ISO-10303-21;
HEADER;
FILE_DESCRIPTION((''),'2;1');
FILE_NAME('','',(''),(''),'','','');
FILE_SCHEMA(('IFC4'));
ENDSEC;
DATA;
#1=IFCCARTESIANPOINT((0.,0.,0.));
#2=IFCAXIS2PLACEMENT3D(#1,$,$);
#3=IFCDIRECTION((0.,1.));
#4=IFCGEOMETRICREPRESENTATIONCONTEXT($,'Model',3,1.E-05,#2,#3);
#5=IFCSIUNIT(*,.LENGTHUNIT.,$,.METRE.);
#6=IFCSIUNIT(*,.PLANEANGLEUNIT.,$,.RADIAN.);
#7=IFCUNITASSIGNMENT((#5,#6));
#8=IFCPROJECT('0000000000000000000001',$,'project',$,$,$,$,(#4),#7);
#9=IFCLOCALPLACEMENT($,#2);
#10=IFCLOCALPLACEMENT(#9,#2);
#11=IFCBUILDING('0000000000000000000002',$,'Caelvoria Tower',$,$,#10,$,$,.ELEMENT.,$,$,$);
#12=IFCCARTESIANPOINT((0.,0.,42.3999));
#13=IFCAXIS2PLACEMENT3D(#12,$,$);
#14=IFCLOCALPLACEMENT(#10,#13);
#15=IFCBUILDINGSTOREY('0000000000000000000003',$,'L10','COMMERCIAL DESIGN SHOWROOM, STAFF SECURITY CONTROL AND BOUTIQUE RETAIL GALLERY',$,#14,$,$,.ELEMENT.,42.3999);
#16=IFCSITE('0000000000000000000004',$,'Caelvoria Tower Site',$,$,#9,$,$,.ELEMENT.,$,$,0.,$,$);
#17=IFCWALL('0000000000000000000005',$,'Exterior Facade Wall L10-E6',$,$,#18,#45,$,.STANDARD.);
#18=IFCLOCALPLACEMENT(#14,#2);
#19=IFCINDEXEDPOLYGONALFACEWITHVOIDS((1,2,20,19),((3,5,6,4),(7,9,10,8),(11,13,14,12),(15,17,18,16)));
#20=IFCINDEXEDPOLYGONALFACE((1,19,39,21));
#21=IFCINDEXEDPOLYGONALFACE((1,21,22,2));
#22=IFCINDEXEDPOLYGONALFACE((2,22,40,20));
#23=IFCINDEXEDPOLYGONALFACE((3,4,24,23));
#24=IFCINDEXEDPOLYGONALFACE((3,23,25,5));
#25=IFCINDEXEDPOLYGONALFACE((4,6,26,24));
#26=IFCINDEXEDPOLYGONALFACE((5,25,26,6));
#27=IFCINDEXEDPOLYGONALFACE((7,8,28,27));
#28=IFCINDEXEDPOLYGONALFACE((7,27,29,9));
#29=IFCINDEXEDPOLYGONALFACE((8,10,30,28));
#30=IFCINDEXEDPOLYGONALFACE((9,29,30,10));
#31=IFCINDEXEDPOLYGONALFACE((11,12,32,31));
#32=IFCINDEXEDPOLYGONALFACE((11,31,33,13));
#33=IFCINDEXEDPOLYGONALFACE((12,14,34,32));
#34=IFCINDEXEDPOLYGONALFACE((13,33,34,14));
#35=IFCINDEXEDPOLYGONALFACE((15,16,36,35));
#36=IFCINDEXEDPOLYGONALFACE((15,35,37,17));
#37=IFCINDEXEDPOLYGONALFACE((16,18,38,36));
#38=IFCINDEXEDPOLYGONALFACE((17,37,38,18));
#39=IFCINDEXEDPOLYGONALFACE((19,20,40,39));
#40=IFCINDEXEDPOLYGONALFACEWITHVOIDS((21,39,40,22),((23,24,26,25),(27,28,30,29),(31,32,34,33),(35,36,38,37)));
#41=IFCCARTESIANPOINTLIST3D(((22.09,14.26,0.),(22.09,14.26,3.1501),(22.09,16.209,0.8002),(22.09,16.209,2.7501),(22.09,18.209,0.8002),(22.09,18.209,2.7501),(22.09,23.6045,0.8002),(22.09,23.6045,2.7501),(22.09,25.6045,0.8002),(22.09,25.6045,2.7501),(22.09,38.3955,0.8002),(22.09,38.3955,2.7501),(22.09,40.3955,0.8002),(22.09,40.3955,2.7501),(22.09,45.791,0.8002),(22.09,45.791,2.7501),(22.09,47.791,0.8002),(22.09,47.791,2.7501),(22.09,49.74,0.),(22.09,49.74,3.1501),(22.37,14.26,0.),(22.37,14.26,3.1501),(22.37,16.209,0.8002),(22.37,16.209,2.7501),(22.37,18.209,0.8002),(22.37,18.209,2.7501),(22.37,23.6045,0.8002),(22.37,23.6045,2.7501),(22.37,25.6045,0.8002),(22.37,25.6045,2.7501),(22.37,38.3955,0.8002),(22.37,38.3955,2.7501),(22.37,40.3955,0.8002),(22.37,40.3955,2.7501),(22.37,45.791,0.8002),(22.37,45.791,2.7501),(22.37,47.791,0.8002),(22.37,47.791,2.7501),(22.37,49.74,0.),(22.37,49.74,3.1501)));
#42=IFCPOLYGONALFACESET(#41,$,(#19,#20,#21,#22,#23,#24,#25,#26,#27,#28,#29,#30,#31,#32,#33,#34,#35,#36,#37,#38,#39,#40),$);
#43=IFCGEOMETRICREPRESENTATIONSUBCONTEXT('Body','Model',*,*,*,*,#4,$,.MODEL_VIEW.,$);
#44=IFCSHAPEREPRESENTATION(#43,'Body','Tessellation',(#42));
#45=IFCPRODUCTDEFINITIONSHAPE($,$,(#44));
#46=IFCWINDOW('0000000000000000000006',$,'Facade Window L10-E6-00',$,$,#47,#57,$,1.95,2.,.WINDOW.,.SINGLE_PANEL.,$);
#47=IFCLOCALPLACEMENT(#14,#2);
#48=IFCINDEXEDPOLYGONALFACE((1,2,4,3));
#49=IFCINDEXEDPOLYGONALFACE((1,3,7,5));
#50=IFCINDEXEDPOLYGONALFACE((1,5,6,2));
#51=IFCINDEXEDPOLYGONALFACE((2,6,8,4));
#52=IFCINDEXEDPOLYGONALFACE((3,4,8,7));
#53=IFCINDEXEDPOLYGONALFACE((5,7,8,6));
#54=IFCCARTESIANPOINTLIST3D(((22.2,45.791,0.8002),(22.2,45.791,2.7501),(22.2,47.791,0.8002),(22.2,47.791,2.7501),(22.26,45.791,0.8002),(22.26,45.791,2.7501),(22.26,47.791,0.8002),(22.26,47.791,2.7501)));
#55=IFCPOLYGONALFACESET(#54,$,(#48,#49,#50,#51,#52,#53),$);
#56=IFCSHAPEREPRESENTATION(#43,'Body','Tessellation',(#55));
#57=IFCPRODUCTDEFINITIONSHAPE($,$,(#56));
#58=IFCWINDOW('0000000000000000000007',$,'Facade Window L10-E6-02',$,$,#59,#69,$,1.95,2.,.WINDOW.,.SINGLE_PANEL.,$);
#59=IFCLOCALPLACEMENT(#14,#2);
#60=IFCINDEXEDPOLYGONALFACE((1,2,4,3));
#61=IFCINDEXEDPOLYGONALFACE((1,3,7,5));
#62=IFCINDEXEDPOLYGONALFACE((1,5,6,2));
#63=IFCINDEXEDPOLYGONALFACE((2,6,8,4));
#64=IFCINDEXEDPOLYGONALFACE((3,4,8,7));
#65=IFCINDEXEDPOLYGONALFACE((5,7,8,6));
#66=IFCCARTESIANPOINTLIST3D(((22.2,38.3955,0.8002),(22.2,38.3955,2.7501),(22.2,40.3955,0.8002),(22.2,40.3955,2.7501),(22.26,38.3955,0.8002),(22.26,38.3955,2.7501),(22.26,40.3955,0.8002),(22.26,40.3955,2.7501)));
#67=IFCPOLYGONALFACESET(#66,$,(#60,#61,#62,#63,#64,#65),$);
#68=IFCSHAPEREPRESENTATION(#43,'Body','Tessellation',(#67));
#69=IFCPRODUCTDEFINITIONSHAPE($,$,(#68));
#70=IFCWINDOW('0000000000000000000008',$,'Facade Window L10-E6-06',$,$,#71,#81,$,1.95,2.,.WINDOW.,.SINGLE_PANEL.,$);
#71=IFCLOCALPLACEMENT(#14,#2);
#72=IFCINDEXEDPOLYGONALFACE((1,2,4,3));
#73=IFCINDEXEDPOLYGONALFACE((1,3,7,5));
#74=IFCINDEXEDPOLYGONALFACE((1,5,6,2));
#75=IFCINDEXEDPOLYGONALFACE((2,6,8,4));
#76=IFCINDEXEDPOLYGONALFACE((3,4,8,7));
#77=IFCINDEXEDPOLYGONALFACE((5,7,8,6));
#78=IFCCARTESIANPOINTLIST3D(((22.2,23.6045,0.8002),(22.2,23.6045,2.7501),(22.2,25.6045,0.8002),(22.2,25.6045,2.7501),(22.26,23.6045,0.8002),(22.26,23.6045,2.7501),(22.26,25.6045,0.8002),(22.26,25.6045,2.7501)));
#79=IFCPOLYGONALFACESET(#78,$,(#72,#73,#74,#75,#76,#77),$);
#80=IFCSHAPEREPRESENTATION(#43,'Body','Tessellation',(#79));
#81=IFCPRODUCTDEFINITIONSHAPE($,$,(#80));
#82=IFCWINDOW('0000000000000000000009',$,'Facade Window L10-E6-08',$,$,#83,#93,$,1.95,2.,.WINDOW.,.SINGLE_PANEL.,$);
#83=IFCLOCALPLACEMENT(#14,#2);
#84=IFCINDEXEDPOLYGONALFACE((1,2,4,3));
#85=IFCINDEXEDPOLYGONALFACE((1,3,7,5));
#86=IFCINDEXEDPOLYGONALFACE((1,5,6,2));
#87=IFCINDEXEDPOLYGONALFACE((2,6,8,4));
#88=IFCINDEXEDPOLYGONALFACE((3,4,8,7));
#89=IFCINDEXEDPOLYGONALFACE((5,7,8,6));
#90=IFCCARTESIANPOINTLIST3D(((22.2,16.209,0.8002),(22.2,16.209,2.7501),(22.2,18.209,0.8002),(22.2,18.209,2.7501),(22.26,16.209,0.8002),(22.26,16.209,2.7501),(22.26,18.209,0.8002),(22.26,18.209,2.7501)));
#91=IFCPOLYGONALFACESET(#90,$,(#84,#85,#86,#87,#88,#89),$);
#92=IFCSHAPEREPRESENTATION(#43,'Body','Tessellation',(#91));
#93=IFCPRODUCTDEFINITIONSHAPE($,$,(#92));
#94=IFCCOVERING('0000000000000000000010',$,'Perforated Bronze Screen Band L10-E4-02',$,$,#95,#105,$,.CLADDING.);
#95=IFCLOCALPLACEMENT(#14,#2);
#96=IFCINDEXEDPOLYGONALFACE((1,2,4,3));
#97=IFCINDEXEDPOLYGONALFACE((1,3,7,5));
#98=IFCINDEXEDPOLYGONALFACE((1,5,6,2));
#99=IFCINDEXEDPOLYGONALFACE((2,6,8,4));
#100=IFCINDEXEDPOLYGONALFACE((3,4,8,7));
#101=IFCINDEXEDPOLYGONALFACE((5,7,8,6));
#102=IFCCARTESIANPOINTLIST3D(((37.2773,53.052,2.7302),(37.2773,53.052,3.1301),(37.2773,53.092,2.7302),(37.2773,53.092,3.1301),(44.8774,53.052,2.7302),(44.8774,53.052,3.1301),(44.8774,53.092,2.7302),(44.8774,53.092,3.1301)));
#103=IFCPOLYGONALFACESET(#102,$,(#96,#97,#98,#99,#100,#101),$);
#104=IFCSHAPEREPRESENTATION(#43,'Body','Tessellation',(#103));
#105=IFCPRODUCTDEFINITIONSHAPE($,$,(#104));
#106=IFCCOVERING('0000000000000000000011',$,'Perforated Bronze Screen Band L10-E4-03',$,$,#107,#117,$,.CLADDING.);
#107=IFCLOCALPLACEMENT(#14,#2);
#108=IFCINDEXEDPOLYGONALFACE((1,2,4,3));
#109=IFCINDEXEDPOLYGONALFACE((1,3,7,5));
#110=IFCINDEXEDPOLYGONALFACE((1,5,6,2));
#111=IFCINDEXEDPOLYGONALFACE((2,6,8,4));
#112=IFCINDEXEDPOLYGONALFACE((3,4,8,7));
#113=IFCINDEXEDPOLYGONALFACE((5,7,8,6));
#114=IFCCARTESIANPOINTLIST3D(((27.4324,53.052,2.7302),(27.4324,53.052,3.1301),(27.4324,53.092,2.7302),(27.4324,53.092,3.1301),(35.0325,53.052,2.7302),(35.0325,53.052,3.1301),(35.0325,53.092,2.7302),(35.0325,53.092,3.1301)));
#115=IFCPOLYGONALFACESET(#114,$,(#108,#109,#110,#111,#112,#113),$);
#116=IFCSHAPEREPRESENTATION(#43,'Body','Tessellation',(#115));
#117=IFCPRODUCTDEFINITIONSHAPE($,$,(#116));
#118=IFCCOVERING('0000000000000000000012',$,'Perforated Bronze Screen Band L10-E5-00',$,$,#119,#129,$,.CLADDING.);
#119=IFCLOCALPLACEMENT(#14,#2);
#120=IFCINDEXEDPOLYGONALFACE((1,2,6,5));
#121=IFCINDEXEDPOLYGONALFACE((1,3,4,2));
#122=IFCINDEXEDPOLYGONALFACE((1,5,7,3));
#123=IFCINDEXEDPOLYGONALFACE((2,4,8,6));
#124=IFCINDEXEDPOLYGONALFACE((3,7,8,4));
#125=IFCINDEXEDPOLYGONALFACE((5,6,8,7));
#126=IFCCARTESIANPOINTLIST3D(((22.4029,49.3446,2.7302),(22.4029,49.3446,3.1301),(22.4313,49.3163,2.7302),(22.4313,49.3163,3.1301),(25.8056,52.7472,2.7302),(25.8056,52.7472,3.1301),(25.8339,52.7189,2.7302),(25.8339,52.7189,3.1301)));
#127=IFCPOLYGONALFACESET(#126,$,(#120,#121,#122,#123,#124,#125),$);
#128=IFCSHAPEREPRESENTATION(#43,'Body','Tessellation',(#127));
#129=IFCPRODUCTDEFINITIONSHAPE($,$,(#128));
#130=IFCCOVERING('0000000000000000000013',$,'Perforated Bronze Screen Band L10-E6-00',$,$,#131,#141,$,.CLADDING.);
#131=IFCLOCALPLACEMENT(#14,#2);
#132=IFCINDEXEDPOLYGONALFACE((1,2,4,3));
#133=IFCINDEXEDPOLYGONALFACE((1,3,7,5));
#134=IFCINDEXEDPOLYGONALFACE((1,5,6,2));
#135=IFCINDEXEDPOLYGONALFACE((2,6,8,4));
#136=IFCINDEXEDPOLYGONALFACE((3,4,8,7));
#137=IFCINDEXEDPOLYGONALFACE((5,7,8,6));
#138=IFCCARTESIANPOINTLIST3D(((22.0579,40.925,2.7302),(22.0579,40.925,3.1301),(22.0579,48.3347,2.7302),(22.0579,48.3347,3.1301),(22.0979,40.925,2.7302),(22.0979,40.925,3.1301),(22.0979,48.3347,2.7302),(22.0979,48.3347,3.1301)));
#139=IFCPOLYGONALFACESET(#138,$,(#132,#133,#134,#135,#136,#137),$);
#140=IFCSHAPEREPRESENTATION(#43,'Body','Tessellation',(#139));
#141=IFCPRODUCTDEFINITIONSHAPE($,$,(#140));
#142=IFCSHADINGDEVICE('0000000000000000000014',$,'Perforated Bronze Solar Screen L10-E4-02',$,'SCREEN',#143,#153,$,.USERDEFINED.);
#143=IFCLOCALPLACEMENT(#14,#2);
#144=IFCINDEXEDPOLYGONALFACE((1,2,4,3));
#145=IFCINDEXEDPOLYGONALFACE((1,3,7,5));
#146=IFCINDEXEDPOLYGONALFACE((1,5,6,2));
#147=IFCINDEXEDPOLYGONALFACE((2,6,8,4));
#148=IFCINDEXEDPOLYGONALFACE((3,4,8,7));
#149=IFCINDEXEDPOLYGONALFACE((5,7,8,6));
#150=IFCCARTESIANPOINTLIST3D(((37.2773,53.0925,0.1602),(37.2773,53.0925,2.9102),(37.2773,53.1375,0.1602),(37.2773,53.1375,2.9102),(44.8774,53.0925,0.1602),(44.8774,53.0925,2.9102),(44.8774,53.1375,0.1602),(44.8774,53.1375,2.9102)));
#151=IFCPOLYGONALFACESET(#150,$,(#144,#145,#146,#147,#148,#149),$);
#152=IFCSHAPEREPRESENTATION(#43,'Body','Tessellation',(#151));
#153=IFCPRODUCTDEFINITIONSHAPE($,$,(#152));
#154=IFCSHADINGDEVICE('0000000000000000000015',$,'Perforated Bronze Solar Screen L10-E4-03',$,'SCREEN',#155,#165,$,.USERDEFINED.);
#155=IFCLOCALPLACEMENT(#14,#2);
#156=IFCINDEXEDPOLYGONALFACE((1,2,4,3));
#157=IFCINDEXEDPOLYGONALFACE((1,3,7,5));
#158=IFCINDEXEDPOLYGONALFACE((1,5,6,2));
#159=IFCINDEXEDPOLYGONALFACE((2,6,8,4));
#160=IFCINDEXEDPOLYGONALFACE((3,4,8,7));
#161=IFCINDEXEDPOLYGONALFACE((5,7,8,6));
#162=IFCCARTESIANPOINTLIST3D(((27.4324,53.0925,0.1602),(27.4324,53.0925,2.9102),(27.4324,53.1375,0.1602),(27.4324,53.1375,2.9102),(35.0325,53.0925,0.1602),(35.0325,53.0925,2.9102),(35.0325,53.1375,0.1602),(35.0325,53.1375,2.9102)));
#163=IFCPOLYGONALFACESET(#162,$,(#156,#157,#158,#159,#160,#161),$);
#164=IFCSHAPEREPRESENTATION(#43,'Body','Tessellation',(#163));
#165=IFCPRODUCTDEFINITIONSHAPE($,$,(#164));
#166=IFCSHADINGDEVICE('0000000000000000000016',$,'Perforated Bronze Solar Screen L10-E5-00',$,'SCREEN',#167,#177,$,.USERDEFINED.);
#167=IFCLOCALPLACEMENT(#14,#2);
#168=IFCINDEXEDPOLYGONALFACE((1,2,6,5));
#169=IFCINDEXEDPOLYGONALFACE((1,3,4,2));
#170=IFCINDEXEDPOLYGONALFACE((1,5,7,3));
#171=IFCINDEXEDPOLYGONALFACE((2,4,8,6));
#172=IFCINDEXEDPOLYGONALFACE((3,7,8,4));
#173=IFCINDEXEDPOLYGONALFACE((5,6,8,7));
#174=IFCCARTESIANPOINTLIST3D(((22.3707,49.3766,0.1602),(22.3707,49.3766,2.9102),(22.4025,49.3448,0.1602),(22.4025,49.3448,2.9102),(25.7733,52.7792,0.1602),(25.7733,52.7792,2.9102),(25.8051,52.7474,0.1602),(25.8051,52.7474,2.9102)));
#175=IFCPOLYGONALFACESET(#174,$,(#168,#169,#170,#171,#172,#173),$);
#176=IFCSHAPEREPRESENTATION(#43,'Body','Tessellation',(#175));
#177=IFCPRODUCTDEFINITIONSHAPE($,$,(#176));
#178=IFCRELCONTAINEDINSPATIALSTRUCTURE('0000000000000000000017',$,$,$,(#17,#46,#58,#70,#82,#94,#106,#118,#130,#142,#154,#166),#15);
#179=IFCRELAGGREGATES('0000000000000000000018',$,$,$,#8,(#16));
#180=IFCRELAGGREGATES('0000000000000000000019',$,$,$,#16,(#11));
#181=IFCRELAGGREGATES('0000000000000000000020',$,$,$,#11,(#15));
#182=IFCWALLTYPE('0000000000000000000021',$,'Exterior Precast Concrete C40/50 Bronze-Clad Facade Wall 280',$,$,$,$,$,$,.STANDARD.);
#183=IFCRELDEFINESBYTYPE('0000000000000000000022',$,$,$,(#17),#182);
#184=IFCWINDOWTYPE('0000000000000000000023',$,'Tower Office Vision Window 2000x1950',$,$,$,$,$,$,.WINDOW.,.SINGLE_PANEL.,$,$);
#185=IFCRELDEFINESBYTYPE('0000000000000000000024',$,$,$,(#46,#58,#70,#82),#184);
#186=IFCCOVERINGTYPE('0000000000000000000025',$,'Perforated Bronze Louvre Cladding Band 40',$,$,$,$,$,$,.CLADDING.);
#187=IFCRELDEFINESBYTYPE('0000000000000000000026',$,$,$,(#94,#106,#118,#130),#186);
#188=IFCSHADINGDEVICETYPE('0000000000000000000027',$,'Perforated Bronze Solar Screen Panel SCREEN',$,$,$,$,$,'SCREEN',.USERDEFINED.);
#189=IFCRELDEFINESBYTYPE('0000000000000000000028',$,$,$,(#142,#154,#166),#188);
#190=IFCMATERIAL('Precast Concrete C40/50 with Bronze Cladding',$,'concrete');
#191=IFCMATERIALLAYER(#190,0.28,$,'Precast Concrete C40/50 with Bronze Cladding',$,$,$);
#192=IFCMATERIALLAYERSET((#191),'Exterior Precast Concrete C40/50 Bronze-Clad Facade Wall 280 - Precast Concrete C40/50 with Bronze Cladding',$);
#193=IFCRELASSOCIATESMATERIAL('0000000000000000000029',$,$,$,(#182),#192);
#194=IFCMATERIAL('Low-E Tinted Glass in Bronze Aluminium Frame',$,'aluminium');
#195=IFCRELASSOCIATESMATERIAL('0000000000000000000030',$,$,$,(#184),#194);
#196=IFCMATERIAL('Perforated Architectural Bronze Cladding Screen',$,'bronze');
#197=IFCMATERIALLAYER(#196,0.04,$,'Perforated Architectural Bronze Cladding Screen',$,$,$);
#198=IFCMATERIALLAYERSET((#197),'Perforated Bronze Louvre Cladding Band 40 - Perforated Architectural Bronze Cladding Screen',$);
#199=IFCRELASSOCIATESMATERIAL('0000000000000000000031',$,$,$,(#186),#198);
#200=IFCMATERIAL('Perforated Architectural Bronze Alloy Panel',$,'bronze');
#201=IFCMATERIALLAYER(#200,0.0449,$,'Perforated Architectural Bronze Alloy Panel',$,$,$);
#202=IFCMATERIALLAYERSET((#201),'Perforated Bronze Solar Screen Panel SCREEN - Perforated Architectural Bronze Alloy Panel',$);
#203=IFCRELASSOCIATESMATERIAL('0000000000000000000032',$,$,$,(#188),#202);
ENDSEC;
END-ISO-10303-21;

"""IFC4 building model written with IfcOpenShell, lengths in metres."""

from ifc_helpers import new_model, si_unit, direction, frame, frame_2d, origin, origin_2d, place, context, subcontext, project, spatial, rectangle, extrude, material, layer, layer_set, type_object, element, fill, save


model = new_model("IFC4")

# Units and contexts
model_context = context("Model", 3, precision=1e-05, world=origin(), true_north=direction((0.0, 1.0)))
body_context = subcontext(model_context, "Body", "Model", "MODEL_VIEW")
ifc_project = project(units=[si_unit("LENGTHUNIT", "METRE"), si_unit("PLANEANGLEUNIT", "RADIAN")], contexts=[model_context])

# Site, building, storey
site_placement = place(None, origin())
site = spatial("IfcSite", under=ifc_project, at=site_placement, Name="Caelvoria Tower Site", CompositionType="ELEMENT", RefElevation=0.0)
building_placement = place(site_placement, origin())
building = spatial("IfcBuilding", under=site, at=building_placement, Name="Caelvoria Tower", CompositionType="ELEMENT")
storey_placement = place(building_placement, frame((0.0, 0.0, 42.3999)))
storey = spatial("IfcBuildingStorey", under=building, at=storey_placement, Name="L10", Description="COMMERCIAL DESIGN SHOWROOM, STAFF SECURITY CONTROL AND BOUTIQUE RETAIL GALLERY", CompositionType="ELEMENT", Elevation=42.3999)

# Shared definitions
ifc_material_1 = material(Name="Precast Concrete C40/50 with Bronze Cladding", Category="concrete")
ifc_layer_1 = layer(ifc_material_1, 0.28, Name="Precast Concrete C40/50 with Bronze Cladding")
ifc_layer_set_1 = layer_set([ifc_layer_1], Name="Exterior Precast Concrete C40/50 Bronze-Clad Facade Wall 280 - Precast Concrete C40/50 with Bronze Cladding")
wall_type = type_object("IfcWallType", Name="Exterior Precast Concrete C40/50 Bronze-Clad Facade Wall 280", PredefinedType="STANDARD", material=ifc_layer_set_1)

# Wall, openings, windows
wall_1_placement = place(storey_placement, frame((22.23, 49.74, 0.0), z_axis=(0.0, 0.0, 1.0), x_axis=(0.0, -1.0, 0.0)))
wall_1 = element("IfcWall", 1, at=wall_1_placement, inside=storey, type_object=wall_type, Name="Exterior Facade Wall L10-E6", PredefinedType="STANDARD", context=body_context, shape_type="SweptSolid", body=[
    extrude(rectangle(XDim=35.48, YDim=0.28, at=frame_2d((17.74, 0.0))), origin(), (0.0, 0.0, 1.0), 3.1501),
])
opening_1_placement = place(wall_1_placement, frame((1.949, 0.0, 0.8)))
opening_1 = element("IfcOpeningElement", 2, at=opening_1_placement, cuts=wall_1, PredefinedType="OPENING", context=body_context, shape_type="SweptSolid", body=[
    extrude(rectangle(XDim=2.0, YDim=1.95, at=frame_2d((1.0, 0.9751))), frame((0.0, 0.1499, 0.0), z_axis=(0.0, -1.0, 0.0), x_axis=(1.0, 0.0, 0.0)), (0.0, 0.0, 1.0), 0.3),
])
opening_2_placement = place(wall_1_placement, frame((9.3445, 0.0, 0.8)))
opening_2 = element("IfcOpeningElement", 3, at=opening_2_placement, cuts=wall_1, PredefinedType="OPENING", context=body_context, shape_type="SweptSolid", body=[
    extrude(rectangle(XDim=2.0, YDim=1.95, at=frame_2d((1.0, 0.9751))), frame((0.0, 0.1499, 0.0), z_axis=(0.0, -1.0, 0.0), x_axis=(1.0, 0.0, 0.0)), (0.0, 0.0, 1.0), 0.3),
])
opening_3_placement = place(wall_1_placement, frame((24.1355, 0.0, 0.8)))
opening_3 = element("IfcOpeningElement", 4, at=opening_3_placement, cuts=wall_1, PredefinedType="OPENING", context=body_context, shape_type="SweptSolid", body=[
    extrude(rectangle(XDim=2.0, YDim=1.95, at=frame_2d((1.0, 0.9751))), frame((0.0, 0.1499, 0.0), z_axis=(0.0, -1.0, 0.0), x_axis=(1.0, 0.0, 0.0)), (0.0, 0.0, 1.0), 0.3),
])
opening_4_placement = place(wall_1_placement, frame((31.531, 0.0, 0.8)))
opening_4 = element("IfcOpeningElement", 5, at=opening_4_placement, cuts=wall_1, PredefinedType="OPENING", context=body_context, shape_type="SweptSolid", body=[
    extrude(rectangle(XDim=2.0, YDim=1.95, at=frame_2d((1.0, 0.9751))), frame((0.0, 0.1499, 0.0), z_axis=(0.0, -1.0, 0.0), x_axis=(1.0, 0.0, 0.0)), (0.0, 0.0, 1.0), 0.3),
])
ifc_material_2 = material(Name="Low-E Tinted Glass in Bronze Aluminium Frame", Category="aluminium")
window_type = type_object("IfcWindowType", Name="Tower Office Vision Window 2000x1950", PartitioningType="SINGLE_PANEL", PredefinedType="WINDOW", material=ifc_material_2)
window_1_placement = place(opening_1_placement, origin())
window_1 = element("IfcWindow", 6, at=window_1_placement, inside=storey, type_object=window_type, Name="Facade Window L10-E6-00", OverallHeight=1.95, OverallWidth=2.0, PartitioningType="SINGLE_PANEL", PredefinedType="WINDOW", context=body_context, shape_type="SweptSolid", body=[
    extrude(rectangle(XDim=2.0, YDim=1.95, at=frame_2d((1.0, 0.9751))), frame((0.0, 0.03, 0.0), z_axis=(0.0, -1.0, 0.0), x_axis=(1.0, 0.0, 0.0)), (0.0, 0.0, 1.0), 0.0601),
])
fill(opening_1, window_1)
window_2_placement = place(opening_2_placement, origin())
window_2 = element("IfcWindow", 7, at=window_2_placement, inside=storey, type_object=window_type, Name="Facade Window L10-E6-02", OverallHeight=1.95, OverallWidth=2.0, PartitioningType="SINGLE_PANEL", PredefinedType="WINDOW", context=body_context, shape_type="SweptSolid", body=[
    extrude(rectangle(XDim=2.0, YDim=1.95, at=frame_2d((1.0, 0.9751))), frame((0.0, 0.03, 0.0), z_axis=(0.0, -1.0, 0.0), x_axis=(1.0, 0.0, 0.0)), (0.0, 0.0, 1.0), 0.0601),
])
fill(opening_2, window_2)
window_3_placement = place(opening_3_placement, origin())
window_3 = element("IfcWindow", 8, at=window_3_placement, inside=storey, type_object=window_type, Name="Facade Window L10-E6-06", OverallHeight=1.95, OverallWidth=2.0, PartitioningType="SINGLE_PANEL", PredefinedType="WINDOW", context=body_context, shape_type="SweptSolid", body=[
    extrude(rectangle(XDim=2.0, YDim=1.95, at=frame_2d((1.0, 0.9751))), frame((0.0, 0.03, 0.0), z_axis=(0.0, -1.0, 0.0), x_axis=(1.0, 0.0, 0.0)), (0.0, 0.0, 1.0), 0.0601),
])
fill(opening_3, window_3)
window_4_placement = place(opening_4_placement, origin())
window_4 = element("IfcWindow", 9, at=window_4_placement, inside=storey, type_object=window_type, Name="Facade Window L10-E6-08", OverallHeight=1.95, OverallWidth=2.0, PartitioningType="SINGLE_PANEL", PredefinedType="WINDOW", context=body_context, shape_type="SweptSolid", body=[
    extrude(rectangle(XDim=2.0, YDim=1.95, at=frame_2d((1.0, 0.9751))), frame((0.0, 0.03, 0.0), z_axis=(0.0, -1.0, 0.0), x_axis=(1.0, 0.0, 0.0)), (0.0, 0.0, 1.0), 0.0601),
])
fill(opening_4, window_4)

# Coverings
ifc_material_3 = material(Name="Perforated Architectural Bronze Cladding Screen", Category="bronze")
ifc_layer_2 = layer(ifc_material_3, 0.04, Name="Perforated Architectural Bronze Cladding Screen")
ifc_layer_set_2 = layer_set([ifc_layer_2], Name="Perforated Bronze Louvre Cladding Band 40 - Perforated Architectural Bronze Cladding Screen")
covering_type = type_object("IfcCoveringType", Name="Perforated Bronze Louvre Cladding Band 40", PredefinedType="CLADDING", material=ifc_layer_set_2)
for number, where, z_axis, x_axis, name in (
    (10, (41.0774, 53.072, 2.7302), (0.0, 0.0, 1.0), (-1.0, 0.0, 0.0), "Perforated Bronze Screen Band L10-E4-02"),
    (11, (31.2324, 53.072, 2.7302), (0.0, 0.0, 1.0), (-1.0, 0.0, 0.0), "Perforated Bronze Screen Band L10-E4-03"),
):
    element("IfcCovering", number, at=place(storey_placement, frame(where, z_axis=z_axis, x_axis=x_axis)), inside=storey, type_object=covering_type, Name=name, PredefinedType="CLADDING", context=body_context, shape_type="SweptSolid", body=[
        extrude(rectangle(XDim=7.6001, YDim=0.04, at=origin_2d()), origin(), (0.0, 0.0, 1.0), 0.3999),
    ])
covering_1_placement = place(storey_placement, frame((24.1184, 51.0317, 2.7302), z_axis=(0.0, 0.0, 1.0), x_axis=(-0.707107, -0.707107, 0.0)))
element("IfcCovering", 12, at=covering_1_placement, inside=storey, type_object=covering_type, Name="Perforated Bronze Screen Band L10-E5-00", PredefinedType="CLADDING", context=body_context, shape_type="SweptSolid", body=[
    extrude(rectangle(XDim=4.812, YDim=0.04, at=origin_2d()), origin(), (0.0, 0.0, 1.0), 0.3999),
])
covering_2_placement = place(storey_placement, frame((22.0779, 44.6299, 2.7302), z_axis=(0.0, 0.0, 1.0), x_axis=(0.0, -1.0, 0.0)))
element("IfcCovering", 13, at=covering_2_placement, inside=storey, type_object=covering_type, Name="Perforated Bronze Screen Band L10-E6-00", PredefinedType="CLADDING", context=body_context, shape_type="SweptSolid", body=[
    extrude(rectangle(XDim=7.4097, YDim=0.04, at=origin_2d()), origin(), (0.0, 0.0, 1.0), 0.3999),
])

# Shading devices
ifc_material_4 = material(Name="Perforated Architectural Bronze Alloy Panel", Category="bronze")
ifc_layer_3 = layer(ifc_material_4, 0.0449, Name="Perforated Architectural Bronze Alloy Panel")
ifc_layer_set_3 = layer_set([ifc_layer_3], Name="Perforated Bronze Solar Screen Panel SCREEN - Perforated Architectural Bronze Alloy Panel")
shading_device_type = type_object("IfcShadingDeviceType", Name="Perforated Bronze Solar Screen Panel SCREEN", ElementType="SCREEN", PredefinedType="USERDEFINED", material=ifc_layer_set_3)
for number, where, z_axis, x_axis, name in (
    (14, (41.0774, 53.115, 0.1602), (0.0, 0.0, 1.0), (-1.0, 0.0, 0.0), "Perforated Bronze Solar Screen L10-E4-02"),
    (15, (31.2324, 53.115, 0.1602), (0.0, 0.0, 1.0), (-1.0, 0.0, 0.0), "Perforated Bronze Solar Screen L10-E4-03"),
):
    element("IfcShadingDevice", number, at=place(storey_placement, frame(where, z_axis=z_axis, x_axis=x_axis)), inside=storey, type_object=shading_device_type, Name=name, ObjectType="SCREEN", PredefinedType="USERDEFINED", context=body_context, shape_type="SweptSolid", body=[
        extrude(rectangle(XDim=7.6001, YDim=0.0449, at=origin_2d()), origin(), (0.0, 0.0, 1.0), 2.75),
    ])
shading_device_1_placement = place(storey_placement, frame((24.0879, 51.062, 0.1602), z_axis=(0.0, 0.0, 1.0), x_axis=(-0.707107, -0.707107, 0.0)))
element("IfcShadingDevice", 16, at=shading_device_1_placement, inside=storey, type_object=shading_device_type, Name="Perforated Bronze Solar Screen L10-E5-00", ObjectType="SCREEN", PredefinedType="USERDEFINED", context=body_context, shape_type="SweptSolid", body=[
    extrude(rectangle(XDim=4.812, YDim=0.0449, at=origin_2d()), origin(), (0.0, 0.0, 1.0), 2.75),
])

save(model, "model.ifc")
